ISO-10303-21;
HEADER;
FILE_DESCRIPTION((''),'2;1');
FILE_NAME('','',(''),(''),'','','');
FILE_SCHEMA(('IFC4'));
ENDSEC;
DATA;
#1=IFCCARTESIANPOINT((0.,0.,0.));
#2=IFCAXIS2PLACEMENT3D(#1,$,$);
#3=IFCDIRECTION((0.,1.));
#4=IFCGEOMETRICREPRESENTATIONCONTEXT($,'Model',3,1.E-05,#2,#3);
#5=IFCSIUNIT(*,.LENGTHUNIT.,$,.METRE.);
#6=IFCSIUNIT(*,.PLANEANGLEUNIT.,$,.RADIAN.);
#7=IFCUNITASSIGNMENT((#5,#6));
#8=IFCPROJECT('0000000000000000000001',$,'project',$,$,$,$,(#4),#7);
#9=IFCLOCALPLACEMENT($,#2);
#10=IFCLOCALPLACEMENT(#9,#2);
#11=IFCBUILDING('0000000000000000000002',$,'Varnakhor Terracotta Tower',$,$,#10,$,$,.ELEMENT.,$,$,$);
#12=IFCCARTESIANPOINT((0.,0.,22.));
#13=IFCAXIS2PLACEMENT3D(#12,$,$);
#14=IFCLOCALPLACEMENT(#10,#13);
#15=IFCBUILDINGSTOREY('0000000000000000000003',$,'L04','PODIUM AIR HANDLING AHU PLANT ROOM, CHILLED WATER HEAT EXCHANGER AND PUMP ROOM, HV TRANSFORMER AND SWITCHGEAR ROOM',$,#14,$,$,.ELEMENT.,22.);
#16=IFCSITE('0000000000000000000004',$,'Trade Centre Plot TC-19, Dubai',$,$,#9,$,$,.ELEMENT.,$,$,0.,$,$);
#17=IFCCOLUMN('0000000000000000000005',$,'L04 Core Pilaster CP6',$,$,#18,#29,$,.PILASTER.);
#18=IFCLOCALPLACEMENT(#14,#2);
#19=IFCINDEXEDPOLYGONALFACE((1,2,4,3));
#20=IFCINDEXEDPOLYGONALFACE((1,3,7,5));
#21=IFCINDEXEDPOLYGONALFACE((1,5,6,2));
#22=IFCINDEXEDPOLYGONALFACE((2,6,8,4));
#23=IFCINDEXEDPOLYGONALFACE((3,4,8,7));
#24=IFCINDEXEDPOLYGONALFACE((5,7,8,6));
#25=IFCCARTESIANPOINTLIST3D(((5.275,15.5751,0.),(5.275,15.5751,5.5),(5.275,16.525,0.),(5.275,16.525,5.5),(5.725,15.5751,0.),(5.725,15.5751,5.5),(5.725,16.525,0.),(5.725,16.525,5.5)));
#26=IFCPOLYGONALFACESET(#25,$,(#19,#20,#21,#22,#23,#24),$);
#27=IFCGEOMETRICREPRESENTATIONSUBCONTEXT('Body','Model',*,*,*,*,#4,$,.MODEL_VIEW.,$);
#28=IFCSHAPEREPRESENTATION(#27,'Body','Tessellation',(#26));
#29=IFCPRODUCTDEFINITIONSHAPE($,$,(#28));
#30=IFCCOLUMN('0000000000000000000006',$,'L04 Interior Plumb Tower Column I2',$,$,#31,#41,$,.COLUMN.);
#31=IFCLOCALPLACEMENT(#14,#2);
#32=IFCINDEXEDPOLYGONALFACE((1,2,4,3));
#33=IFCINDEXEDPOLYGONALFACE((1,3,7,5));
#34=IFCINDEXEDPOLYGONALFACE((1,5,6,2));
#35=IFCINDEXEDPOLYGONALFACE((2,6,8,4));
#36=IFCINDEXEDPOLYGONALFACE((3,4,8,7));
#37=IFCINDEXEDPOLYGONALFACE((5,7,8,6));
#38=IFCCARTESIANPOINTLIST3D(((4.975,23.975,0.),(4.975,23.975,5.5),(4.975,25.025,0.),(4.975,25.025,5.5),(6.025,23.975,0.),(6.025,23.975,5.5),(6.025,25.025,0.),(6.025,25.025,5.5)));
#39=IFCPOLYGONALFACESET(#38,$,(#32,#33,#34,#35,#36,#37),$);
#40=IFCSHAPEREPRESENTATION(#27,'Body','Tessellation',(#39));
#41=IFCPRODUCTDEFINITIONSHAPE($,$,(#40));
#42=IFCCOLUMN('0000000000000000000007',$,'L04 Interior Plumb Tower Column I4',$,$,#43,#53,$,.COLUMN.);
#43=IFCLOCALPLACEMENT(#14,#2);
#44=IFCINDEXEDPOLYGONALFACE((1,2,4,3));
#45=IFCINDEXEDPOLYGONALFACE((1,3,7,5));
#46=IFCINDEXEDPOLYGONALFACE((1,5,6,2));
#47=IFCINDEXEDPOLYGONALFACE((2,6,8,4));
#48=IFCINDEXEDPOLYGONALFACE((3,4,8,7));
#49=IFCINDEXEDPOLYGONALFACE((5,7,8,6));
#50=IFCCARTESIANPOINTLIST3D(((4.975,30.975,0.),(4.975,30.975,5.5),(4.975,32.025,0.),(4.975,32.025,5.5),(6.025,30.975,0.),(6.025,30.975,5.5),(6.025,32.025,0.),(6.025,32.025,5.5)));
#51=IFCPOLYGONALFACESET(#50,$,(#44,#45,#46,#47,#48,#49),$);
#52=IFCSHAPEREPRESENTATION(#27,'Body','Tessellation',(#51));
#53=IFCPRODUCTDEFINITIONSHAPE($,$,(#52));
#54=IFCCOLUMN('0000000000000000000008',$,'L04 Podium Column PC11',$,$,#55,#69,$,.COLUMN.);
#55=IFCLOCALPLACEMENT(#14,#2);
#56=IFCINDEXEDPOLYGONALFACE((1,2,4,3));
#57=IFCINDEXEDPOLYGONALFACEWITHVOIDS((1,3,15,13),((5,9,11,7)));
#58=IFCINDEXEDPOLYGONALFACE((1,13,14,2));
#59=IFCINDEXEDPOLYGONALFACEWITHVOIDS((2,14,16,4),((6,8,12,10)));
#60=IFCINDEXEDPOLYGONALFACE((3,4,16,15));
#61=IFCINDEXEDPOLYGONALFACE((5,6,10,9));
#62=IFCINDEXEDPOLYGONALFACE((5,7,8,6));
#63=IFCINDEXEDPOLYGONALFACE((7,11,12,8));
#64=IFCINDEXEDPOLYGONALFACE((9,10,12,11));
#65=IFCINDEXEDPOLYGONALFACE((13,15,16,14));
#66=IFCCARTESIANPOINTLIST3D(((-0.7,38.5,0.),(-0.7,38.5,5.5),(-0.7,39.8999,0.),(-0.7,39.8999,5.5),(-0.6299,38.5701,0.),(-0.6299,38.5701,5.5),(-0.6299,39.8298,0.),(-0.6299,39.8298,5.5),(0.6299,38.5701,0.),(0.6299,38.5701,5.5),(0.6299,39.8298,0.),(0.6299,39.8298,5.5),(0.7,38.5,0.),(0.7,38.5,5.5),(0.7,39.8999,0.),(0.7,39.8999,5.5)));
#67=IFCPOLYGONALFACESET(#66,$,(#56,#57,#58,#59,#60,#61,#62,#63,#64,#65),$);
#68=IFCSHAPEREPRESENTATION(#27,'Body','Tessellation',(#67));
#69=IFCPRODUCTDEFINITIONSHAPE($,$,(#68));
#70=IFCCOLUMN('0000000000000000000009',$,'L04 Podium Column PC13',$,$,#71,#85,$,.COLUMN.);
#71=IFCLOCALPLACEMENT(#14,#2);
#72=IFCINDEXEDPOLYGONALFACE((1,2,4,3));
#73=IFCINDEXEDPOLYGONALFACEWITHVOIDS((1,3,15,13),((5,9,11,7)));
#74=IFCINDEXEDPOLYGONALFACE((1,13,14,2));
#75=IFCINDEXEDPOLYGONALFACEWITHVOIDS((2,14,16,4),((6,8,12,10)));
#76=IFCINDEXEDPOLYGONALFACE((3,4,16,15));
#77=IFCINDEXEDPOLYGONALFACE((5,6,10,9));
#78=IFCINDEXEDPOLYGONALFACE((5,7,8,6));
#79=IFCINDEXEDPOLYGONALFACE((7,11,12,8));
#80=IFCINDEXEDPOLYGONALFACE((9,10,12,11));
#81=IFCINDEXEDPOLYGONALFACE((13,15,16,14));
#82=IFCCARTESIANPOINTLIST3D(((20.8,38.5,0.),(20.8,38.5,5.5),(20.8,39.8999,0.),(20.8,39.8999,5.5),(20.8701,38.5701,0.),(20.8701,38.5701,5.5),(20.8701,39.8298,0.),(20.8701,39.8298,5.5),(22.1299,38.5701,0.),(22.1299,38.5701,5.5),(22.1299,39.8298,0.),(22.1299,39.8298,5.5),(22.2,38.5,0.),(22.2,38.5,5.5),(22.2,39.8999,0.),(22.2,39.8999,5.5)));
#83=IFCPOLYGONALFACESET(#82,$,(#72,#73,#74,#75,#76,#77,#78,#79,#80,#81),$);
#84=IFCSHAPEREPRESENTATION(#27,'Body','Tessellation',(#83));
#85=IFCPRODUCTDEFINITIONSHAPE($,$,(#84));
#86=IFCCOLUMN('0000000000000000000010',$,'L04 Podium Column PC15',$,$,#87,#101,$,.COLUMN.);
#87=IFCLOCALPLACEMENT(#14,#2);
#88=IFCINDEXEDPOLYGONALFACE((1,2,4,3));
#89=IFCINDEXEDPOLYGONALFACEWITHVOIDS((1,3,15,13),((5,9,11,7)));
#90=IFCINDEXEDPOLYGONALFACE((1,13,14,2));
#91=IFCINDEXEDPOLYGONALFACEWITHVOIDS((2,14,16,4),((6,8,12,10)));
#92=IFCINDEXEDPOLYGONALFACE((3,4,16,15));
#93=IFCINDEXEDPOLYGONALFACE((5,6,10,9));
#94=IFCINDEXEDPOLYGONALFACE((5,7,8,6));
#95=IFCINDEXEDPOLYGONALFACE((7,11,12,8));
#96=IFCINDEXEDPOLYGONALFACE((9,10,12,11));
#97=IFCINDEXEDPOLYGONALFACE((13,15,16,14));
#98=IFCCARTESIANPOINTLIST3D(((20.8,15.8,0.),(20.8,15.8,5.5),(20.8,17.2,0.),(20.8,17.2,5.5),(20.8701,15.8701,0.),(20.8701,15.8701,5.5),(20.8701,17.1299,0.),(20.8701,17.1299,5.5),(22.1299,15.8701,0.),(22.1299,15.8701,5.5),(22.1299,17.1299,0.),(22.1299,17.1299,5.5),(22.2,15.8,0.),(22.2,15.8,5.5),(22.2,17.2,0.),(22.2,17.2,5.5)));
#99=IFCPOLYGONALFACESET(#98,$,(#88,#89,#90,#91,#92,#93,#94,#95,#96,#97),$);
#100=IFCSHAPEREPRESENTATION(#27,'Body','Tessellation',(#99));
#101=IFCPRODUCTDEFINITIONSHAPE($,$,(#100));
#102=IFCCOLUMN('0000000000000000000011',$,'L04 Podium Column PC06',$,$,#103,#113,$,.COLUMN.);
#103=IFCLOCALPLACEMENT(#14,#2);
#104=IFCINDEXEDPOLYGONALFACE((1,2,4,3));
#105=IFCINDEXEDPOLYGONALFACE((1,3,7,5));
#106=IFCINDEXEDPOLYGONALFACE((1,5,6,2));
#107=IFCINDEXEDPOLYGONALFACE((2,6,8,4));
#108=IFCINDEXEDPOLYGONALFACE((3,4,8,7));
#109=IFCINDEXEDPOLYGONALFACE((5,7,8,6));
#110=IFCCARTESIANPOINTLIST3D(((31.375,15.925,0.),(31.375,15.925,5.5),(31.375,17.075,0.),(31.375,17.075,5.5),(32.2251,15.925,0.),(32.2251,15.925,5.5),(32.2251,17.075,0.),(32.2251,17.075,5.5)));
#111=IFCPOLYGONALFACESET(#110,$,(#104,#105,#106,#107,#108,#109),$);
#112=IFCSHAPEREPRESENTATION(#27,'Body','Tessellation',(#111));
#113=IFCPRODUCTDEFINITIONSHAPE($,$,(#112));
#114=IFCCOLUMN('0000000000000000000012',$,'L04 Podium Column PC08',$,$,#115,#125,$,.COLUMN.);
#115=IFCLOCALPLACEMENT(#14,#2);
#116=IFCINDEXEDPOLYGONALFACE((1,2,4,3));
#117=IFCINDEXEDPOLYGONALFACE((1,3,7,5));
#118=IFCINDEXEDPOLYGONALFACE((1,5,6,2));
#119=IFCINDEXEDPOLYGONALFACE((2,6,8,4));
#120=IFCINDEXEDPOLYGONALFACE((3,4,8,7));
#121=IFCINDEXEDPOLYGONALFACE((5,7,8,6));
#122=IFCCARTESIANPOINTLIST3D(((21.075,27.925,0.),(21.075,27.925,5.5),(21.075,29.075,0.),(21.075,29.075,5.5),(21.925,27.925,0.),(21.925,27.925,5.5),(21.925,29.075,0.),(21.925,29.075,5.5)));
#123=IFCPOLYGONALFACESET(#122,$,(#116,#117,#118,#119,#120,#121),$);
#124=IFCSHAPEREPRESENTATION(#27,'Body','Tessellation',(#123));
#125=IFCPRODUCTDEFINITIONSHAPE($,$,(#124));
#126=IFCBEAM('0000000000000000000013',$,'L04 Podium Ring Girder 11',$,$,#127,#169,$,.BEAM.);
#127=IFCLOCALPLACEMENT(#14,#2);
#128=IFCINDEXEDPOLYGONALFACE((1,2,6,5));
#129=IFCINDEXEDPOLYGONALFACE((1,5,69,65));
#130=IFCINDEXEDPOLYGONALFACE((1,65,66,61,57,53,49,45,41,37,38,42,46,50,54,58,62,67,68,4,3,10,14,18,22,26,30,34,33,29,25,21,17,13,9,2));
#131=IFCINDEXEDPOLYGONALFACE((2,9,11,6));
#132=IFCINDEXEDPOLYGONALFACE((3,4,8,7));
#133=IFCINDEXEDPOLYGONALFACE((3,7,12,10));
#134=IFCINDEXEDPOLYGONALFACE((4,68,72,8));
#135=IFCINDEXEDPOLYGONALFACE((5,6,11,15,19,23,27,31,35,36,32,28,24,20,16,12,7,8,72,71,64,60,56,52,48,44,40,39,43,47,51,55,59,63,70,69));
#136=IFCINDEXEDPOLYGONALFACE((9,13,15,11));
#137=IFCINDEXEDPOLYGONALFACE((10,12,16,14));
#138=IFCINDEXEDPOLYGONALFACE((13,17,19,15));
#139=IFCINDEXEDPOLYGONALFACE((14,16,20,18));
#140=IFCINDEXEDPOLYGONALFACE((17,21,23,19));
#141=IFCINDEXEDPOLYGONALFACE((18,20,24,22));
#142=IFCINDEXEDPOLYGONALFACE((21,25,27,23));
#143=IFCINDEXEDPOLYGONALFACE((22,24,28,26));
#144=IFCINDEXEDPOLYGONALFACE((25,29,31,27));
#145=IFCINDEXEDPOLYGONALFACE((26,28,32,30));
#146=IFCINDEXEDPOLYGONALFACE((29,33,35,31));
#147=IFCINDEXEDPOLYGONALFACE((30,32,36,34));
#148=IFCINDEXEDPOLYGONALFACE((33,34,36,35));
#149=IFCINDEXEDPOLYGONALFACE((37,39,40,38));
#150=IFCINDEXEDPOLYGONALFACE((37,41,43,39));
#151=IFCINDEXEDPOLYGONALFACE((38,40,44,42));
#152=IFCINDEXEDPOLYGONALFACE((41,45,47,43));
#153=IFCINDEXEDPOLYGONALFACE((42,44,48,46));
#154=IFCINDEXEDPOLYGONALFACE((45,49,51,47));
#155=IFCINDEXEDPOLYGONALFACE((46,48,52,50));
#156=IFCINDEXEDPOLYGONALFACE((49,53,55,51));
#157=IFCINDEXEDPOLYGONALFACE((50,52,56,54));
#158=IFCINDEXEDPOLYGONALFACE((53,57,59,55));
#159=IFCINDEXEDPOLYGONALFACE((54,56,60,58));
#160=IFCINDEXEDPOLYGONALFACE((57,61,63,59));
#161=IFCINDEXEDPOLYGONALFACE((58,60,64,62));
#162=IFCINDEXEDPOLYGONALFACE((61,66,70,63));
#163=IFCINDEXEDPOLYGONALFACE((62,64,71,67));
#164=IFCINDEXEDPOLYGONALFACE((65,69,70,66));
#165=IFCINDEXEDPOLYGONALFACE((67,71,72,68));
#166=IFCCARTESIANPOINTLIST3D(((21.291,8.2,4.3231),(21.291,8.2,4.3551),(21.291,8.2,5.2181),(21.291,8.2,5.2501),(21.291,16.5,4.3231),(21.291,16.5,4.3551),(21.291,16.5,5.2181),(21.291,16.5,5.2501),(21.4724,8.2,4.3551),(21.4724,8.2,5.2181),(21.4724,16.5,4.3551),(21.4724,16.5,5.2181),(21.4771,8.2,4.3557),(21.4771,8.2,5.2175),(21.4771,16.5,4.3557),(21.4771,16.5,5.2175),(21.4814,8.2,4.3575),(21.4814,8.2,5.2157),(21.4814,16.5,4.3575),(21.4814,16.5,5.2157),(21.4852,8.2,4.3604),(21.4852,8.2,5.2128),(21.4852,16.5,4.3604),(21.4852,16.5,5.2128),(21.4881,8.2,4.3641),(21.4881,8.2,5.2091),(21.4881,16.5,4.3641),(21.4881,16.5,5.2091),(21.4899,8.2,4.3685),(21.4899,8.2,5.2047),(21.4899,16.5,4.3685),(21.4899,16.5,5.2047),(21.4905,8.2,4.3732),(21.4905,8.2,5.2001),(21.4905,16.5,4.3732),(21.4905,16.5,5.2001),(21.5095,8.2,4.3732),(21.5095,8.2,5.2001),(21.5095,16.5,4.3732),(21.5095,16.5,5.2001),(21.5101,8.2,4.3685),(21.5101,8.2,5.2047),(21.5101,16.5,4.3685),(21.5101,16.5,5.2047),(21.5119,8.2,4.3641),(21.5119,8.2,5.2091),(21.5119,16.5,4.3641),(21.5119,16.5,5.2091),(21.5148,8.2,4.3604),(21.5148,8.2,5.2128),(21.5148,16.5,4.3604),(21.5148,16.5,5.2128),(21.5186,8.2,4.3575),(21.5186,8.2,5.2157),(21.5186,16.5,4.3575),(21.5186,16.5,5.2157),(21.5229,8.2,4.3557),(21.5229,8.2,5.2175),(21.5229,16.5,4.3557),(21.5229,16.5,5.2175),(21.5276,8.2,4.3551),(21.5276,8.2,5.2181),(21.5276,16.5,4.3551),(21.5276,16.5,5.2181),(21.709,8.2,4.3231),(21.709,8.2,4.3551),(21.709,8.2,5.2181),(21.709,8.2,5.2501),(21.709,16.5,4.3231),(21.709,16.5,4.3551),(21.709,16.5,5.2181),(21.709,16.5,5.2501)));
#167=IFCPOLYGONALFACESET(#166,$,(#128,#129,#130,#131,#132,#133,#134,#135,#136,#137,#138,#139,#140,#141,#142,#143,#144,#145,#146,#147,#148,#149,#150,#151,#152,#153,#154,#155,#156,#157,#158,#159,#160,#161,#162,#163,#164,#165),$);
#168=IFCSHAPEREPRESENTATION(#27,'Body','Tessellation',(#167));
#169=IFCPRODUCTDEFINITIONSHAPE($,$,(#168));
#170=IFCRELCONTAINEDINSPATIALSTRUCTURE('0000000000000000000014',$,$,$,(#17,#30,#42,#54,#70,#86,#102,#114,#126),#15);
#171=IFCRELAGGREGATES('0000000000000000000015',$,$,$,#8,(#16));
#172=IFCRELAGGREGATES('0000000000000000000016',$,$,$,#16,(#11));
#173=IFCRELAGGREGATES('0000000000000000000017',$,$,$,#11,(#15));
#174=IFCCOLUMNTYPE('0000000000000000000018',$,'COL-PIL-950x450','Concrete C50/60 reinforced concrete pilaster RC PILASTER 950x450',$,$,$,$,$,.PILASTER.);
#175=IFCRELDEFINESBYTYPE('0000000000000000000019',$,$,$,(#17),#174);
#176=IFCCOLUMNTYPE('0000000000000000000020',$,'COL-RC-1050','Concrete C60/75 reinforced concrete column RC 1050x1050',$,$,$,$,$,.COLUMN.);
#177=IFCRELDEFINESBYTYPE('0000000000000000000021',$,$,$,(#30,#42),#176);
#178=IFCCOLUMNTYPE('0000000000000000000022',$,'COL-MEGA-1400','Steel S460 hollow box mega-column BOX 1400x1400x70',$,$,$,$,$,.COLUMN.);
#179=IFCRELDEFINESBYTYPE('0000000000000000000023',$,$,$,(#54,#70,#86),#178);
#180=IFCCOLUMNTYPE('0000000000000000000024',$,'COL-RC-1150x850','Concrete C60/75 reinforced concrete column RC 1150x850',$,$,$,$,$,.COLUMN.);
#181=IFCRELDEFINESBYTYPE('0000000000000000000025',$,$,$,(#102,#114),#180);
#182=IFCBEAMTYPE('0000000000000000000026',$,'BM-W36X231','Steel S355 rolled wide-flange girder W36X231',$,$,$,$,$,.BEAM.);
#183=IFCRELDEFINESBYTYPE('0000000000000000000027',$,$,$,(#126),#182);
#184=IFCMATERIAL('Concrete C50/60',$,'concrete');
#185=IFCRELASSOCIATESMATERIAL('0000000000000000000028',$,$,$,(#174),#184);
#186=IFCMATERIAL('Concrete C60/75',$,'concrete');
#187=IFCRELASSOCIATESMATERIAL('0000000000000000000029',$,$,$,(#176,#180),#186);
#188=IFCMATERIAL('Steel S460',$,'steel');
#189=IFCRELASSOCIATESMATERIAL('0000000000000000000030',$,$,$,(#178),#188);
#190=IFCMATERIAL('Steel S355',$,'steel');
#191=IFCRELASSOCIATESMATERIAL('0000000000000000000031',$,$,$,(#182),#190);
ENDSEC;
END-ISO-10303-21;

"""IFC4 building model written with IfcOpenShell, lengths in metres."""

from ifc_helpers import new_model, si_unit, direction, frame, origin, origin_2d, place, context, subcontext, project, spatial, rectangle, hollow_rectangle, i_section, extrude, source, transform, mapped, material, material_profile, profile_set, type_object, type_shapes, element, save


model = new_model("IFC4")

# Units and contexts
model_context = context("Model", 3, precision=1e-05, world=origin(), true_north=direction((0.0, 1.0)))
body_context = subcontext(model_context, "Body", "Model", "MODEL_VIEW")
ifc_project = project(units=[si_unit("LENGTHUNIT", "METRE"), si_unit("PLANEANGLEUNIT", "RADIAN")], contexts=[model_context])

# Site, building, storey
site_placement = place(None, origin())
site = spatial("IfcSite", under=ifc_project, at=site_placement, Name="Trade Centre Plot TC-19, Dubai", CompositionType="ELEMENT", RefElevation=0.0)
building_placement = place(site_placement, origin())
building = spatial("IfcBuilding", under=site, at=building_placement, Name="Varnakhor Terracotta Tower", CompositionType="ELEMENT")
storey_placement = place(building_placement, frame((0.0, 0.0, 22.0)))
storey = spatial("IfcBuildingStorey", under=building, at=storey_placement, Name="L04", Description="PODIUM AIR HANDLING AHU PLANT ROOM, CHILLED WATER HEAT EXCHANGER AND PUMP ROOM, HV TRANSFORMER AND SWITCHGEAR ROOM", CompositionType="ELEMENT", Elevation=22.0)

# Columns
ifc_material_1 = material(Name="Concrete C50/60", Category="concrete")
ifc_material_profile_1 = material_profile(ifc_material_1, rectangle(XDim=0.45, YDim=0.95, at=origin_2d()), Name="RC PILASTER 950x450")
ifc_profile_set_1 = profile_set([ifc_material_profile_1], Name="Concrete C50/60")
column_type_1 = type_object("IfcColumnType", Name="COL-PIL-950x450", Description="Concrete C50/60 reinforced concrete pilaster RC PILASTER 950x450", PredefinedType="PILASTER", material=ifc_profile_set_1)
shared_shape_1 = source(origin(), body_context, "Body", "SweptSolid", [
    extrude(rectangle(XDim=0.45, YDim=0.95, at=origin_2d()), origin(), (0.0, 0.0, 1.0), 5.5),
])
column_placement = place(storey_placement, frame((5.5, 16.05, 0.0), z_axis=(0.0, 0.0, 1.0), x_axis=(1.0, 0.0, 0.0)))
element("IfcColumn", 1, at=column_placement, inside=storey, type_object=column_type_1, Name="L04 Core Pilaster CP6", PredefinedType="PILASTER", context=body_context, shape_type="MappedRepresentation", body=[
    mapped(shared_shape_1, transform((0.0, 0.0, 0.0), scale=1.0)),
])
ifc_material_2 = material(Name="Concrete C60/75", Category="concrete")
ifc_material_profile_2 = material_profile(ifc_material_2, rectangle(XDim=1.05, YDim=1.05, at=origin_2d()), Name="RC 1050x1050")
ifc_profile_set_2 = profile_set([ifc_material_profile_2], Name="Concrete C60/75")
column_type_2 = type_object("IfcColumnType", Name="COL-RC-1050", Description="Concrete C60/75 reinforced concrete column RC 1050x1050", PredefinedType="COLUMN", material=ifc_profile_set_2)
shared_shape_2 = source(origin(), body_context, "Body", "SweptSolid", [
    extrude(rectangle(XDim=1.05, YDim=1.05, at=origin_2d()), origin(), (0.0, 0.0, 1.0), 5.5),
])
type_shapes(column_type_2, [shared_shape_2])
for number, where, z_axis, x_axis, name in (
    (2, (5.5, 24.5, 0.0), (0.0, 0.0, 1.0), (1.0, 0.0, 0.0), "L04 Interior Plumb Tower Column I2"),
    (3, (5.5, 31.5, 0.0), (0.0, 0.0, 1.0), (1.0, 0.0, 0.0), "L04 Interior Plumb Tower Column I4"),
):
    element("IfcColumn", number, at=place(storey_placement, frame(where, z_axis=z_axis, x_axis=x_axis)), inside=storey, type_object=column_type_2, Name=name, PredefinedType="COLUMN", context=body_context, shape_type="MappedRepresentation", body=[
        mapped(shared_shape_2, transform((0.0, 0.0, 0.0), scale=1.0)),
    ])
ifc_material_3 = material(Name="Steel S460", Category="steel")
ifc_material_profile_3 = material_profile(ifc_material_3, hollow_rectangle(XDim=1.3999, YDim=1.3999, WallThickness=0.0701, at=origin_2d()), Name="BOX 1400x1400x70")
ifc_profile_set_3 = profile_set([ifc_material_profile_3], Name="Steel S460")
column_type_3 = type_object("IfcColumnType", Name="COL-MEGA-1400", Description="Steel S460 hollow box mega-column BOX 1400x1400x70", PredefinedType="COLUMN", material=ifc_profile_set_3)
shared_shape_3 = source(origin(), body_context, "Body", "SweptSolid", [
    extrude(hollow_rectangle(XDim=1.3999, YDim=1.3999, WallThickness=0.0701, at=origin_2d()), origin(), (0.0, 0.0, 1.0), 5.5),
])
for number, where, z_axis, x_axis, name in (
    (4, (0.0, 39.2, 0.0), (0.0, 0.0, 1.0), (1.0, 0.0, 0.0), "L04 Podium Column PC11"),
    (5, (21.5, 39.2, 0.0), (0.0, 0.0, 1.0), (1.0, 0.0, 0.0), "L04 Podium Column PC13"),
    (6, (21.5, 16.5, 0.0), (0.0, 0.0, 1.0), (1.0, 0.0, 0.0), "L04 Podium Column PC15"),
):
    element("IfcColumn", number, at=place(storey_placement, frame(where, z_axis=z_axis, x_axis=x_axis)), inside=storey, type_object=column_type_3, Name=name, PredefinedType="COLUMN", context=body_context, shape_type="MappedRepresentation", body=[
        mapped(shared_shape_3, transform((0.0, 0.0, 0.0), scale=1.0)),
    ])
ifc_material_profile_4 = material_profile(ifc_material_2, rectangle(XDim=0.8501, YDim=1.1499, at=origin_2d()), Name="RC 1150x850")
ifc_profile_set_4 = profile_set([ifc_material_profile_4], Name="Concrete C60/75")
column_type_4 = type_object("IfcColumnType", Name="COL-RC-1150x850", Description="Concrete C60/75 reinforced concrete column RC 1150x850", PredefinedType="COLUMN", material=ifc_profile_set_4)
shared_shape_4 = source(origin(), body_context, "Body", "SweptSolid", [
    extrude(rectangle(XDim=0.8501, YDim=1.1499, at=origin_2d()), origin(), (0.0, 0.0, 1.0), 5.5),
])
for number, where, z_axis, x_axis, name in (
    (7, (31.8, 16.5, 0.0), (0.0, 0.0, 1.0), (1.0, 0.0, 0.0), "L04 Podium Column PC06"),
    (8, (21.5, 28.5, 0.0), (0.0, 0.0, 1.0), (1.0, 0.0, 0.0), "L04 Podium Column PC08"),
):
    element("IfcColumn", number, at=place(storey_placement, frame(where, z_axis=z_axis, x_axis=x_axis)), inside=storey, type_object=column_type_4, Name=name, PredefinedType="COLUMN", context=body_context, shape_type="MappedRepresentation", body=[
        mapped(shared_shape_4, transform((0.0, 0.0, 0.0), scale=1.0)),
    ])

# Beam
ifc_material_4 = material(Name="Steel S355", Category="steel")
ifc_material_profile_5 = material_profile(ifc_material_4, i_section(OverallWidth=0.418, OverallDepth=0.927, WebThickness=0.019, FlangeThickness=0.032, FilletRadius=0.0181, at=origin_2d()), Name="W36X231")
ifc_profile_set_5 = profile_set([ifc_material_profile_5], Name="Steel S355")
beam_type_1 = type_object("IfcBeamType", Name="BM-W36X231", Description="Steel S355 rolled wide-flange girder W36X231", PredefinedType="BEAM", material=ifc_profile_set_5)
shared_shape_5 = source(origin(), body_context, "Body", "SweptSolid", [
    extrude(i_section(OverallWidth=0.418, OverallDepth=0.927, WebThickness=0.019, FlangeThickness=0.032, FilletRadius=0.0181, at=origin_2d()), origin(), (0.0, 0.0, 1.0), 8.3),
])
beam_1_placement = place(storey_placement, frame((21.5, 16.5, 4.7866), z_axis=(0.0, -1.0, 0.0), x_axis=(1.0, 0.0, 0.0)))
element("IfcBeam", 9, at=beam_1_placement, inside=storey, type_object=beam_type_1, Name="L04 Podium Ring Girder 11", PredefinedType="BEAM", context=body_context, shape_type="MappedRepresentation", body=[
    mapped(shared_shape_5, transform((0.0, 0.0, 0.0), scale=1.0)),
])

save(model, "model.ifc")
